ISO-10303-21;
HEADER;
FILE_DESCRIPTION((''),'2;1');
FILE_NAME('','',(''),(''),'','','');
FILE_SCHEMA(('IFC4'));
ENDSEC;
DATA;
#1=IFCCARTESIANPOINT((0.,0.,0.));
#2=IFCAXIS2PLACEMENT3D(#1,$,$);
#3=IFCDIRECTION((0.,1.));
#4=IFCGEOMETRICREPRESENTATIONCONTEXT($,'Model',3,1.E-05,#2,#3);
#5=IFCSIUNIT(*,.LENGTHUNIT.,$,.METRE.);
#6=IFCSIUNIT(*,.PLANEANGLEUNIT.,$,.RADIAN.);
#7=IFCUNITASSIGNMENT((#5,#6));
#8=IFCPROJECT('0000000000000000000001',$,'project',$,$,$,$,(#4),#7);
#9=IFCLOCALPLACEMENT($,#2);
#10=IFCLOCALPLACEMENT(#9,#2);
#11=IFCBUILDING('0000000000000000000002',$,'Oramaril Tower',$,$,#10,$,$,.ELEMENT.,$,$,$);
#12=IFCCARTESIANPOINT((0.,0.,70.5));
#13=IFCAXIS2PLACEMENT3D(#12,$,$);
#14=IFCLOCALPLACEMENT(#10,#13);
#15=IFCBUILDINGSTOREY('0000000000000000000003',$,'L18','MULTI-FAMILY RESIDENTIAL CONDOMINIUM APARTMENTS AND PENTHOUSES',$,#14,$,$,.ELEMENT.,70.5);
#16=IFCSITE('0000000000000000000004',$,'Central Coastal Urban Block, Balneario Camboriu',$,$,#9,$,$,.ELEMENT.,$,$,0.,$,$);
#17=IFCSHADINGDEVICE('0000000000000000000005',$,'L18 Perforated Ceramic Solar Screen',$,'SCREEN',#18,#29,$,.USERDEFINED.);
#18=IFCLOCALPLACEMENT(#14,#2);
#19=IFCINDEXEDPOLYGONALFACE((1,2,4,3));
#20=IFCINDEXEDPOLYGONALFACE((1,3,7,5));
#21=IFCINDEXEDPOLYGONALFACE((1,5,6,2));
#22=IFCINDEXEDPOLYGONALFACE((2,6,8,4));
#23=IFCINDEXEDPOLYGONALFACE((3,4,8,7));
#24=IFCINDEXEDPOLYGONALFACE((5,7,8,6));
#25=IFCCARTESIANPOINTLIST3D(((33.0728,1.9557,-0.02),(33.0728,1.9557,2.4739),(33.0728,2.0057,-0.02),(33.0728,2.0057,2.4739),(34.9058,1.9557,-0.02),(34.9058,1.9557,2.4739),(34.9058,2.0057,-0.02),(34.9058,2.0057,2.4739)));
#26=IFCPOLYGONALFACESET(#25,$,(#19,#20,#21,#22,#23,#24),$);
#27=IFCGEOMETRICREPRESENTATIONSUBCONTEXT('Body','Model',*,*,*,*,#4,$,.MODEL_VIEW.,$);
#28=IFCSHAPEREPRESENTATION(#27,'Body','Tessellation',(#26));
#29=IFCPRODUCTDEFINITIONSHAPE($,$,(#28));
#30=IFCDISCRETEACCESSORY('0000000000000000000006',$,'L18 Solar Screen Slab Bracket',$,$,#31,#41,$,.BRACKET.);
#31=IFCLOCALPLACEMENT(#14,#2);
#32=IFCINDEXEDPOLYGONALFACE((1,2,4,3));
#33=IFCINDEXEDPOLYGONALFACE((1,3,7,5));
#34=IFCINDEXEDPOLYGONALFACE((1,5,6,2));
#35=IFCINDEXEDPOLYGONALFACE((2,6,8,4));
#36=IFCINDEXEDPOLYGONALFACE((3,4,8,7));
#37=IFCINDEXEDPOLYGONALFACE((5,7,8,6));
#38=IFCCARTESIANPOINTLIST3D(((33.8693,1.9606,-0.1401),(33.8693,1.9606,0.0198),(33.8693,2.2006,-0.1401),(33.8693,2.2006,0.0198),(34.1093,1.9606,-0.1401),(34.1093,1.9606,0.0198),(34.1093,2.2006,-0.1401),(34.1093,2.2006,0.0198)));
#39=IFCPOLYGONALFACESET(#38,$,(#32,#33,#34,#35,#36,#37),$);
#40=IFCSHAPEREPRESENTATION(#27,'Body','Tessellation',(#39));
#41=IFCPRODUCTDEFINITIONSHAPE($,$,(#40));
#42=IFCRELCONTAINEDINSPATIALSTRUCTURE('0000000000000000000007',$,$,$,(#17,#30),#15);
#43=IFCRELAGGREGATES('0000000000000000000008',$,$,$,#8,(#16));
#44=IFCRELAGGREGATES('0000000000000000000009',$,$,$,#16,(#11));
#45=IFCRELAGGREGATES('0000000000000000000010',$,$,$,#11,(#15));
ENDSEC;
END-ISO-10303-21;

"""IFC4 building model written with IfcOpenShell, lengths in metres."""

from ifc_helpers import new_model, si_unit, direction, frame, origin, origin_2d, place, context, subcontext, project, spatial, rectangle, extrude, element, save


model = new_model("IFC4")

# Units and contexts
model_context = context("Model", 3, precision=1e-05, world=origin(), true_north=direction((0.0, 1.0)))
body_context = subcontext(model_context, "Body", "Model", "MODEL_VIEW")
ifc_project = project(units=[si_unit("LENGTHUNIT", "METRE"), si_unit("PLANEANGLEUNIT", "RADIAN")], contexts=[model_context])

# Site, building, storey
site_placement = place(None, origin())
site = spatial("IfcSite", under=ifc_project, at=site_placement, Name="Central Coastal Urban Block, Balneario Camboriu", CompositionType="ELEMENT", RefElevation=0.0)
building_placement = place(site_placement, origin())
building = spatial("IfcBuilding", under=site, at=building_placement, Name="Oramaril Tower", CompositionType="ELEMENT")
storey_placement = place(building_placement, frame((0.0, 0.0, 70.5)))
storey = spatial("IfcBuildingStorey", under=building, at=storey_placement, Name="L18", Description="MULTI-FAMILY RESIDENTIAL CONDOMINIUM APARTMENTS AND PENTHOUSES", CompositionType="ELEMENT", Elevation=70.5)

# Shading device
shading_device_placement = place(storey_placement, frame((33.9893, 1.9807, -0.02), z_axis=(0.0, 0.0, 1.0), x_axis=(1.0, 0.0, 0.0)))
element("IfcShadingDevice", 1, at=shading_device_placement, inside=storey, Name="L18 Perforated Ceramic Solar Screen", ObjectType="SCREEN", PredefinedType="USERDEFINED", context=body_context, shape_type="SweptSolid", body=[
    extrude(rectangle(XDim=1.833, YDim=0.05, at=origin_2d()), origin(), (0.0, 0.0, 1.0), 2.4939),
])

# Discrete accessory
discrete_accessory_placement = place(storey_placement, frame((33.9893, 2.0806, -0.1401), z_axis=(0.0, 0.0, 1.0), x_axis=(1.0, 0.0, 0.0)))
element("IfcDiscreteAccessory", 2, at=discrete_accessory_placement, inside=storey, Name="L18 Solar Screen Slab Bracket", PredefinedType="BRACKET", context=body_context, shape_type="SweptSolid", body=[
    extrude(rectangle(XDim=0.24, YDim=0.24, at=origin_2d()), origin(), (0.0, 0.0, 1.0), 0.1599),
])

save(model, "model.ifc")
